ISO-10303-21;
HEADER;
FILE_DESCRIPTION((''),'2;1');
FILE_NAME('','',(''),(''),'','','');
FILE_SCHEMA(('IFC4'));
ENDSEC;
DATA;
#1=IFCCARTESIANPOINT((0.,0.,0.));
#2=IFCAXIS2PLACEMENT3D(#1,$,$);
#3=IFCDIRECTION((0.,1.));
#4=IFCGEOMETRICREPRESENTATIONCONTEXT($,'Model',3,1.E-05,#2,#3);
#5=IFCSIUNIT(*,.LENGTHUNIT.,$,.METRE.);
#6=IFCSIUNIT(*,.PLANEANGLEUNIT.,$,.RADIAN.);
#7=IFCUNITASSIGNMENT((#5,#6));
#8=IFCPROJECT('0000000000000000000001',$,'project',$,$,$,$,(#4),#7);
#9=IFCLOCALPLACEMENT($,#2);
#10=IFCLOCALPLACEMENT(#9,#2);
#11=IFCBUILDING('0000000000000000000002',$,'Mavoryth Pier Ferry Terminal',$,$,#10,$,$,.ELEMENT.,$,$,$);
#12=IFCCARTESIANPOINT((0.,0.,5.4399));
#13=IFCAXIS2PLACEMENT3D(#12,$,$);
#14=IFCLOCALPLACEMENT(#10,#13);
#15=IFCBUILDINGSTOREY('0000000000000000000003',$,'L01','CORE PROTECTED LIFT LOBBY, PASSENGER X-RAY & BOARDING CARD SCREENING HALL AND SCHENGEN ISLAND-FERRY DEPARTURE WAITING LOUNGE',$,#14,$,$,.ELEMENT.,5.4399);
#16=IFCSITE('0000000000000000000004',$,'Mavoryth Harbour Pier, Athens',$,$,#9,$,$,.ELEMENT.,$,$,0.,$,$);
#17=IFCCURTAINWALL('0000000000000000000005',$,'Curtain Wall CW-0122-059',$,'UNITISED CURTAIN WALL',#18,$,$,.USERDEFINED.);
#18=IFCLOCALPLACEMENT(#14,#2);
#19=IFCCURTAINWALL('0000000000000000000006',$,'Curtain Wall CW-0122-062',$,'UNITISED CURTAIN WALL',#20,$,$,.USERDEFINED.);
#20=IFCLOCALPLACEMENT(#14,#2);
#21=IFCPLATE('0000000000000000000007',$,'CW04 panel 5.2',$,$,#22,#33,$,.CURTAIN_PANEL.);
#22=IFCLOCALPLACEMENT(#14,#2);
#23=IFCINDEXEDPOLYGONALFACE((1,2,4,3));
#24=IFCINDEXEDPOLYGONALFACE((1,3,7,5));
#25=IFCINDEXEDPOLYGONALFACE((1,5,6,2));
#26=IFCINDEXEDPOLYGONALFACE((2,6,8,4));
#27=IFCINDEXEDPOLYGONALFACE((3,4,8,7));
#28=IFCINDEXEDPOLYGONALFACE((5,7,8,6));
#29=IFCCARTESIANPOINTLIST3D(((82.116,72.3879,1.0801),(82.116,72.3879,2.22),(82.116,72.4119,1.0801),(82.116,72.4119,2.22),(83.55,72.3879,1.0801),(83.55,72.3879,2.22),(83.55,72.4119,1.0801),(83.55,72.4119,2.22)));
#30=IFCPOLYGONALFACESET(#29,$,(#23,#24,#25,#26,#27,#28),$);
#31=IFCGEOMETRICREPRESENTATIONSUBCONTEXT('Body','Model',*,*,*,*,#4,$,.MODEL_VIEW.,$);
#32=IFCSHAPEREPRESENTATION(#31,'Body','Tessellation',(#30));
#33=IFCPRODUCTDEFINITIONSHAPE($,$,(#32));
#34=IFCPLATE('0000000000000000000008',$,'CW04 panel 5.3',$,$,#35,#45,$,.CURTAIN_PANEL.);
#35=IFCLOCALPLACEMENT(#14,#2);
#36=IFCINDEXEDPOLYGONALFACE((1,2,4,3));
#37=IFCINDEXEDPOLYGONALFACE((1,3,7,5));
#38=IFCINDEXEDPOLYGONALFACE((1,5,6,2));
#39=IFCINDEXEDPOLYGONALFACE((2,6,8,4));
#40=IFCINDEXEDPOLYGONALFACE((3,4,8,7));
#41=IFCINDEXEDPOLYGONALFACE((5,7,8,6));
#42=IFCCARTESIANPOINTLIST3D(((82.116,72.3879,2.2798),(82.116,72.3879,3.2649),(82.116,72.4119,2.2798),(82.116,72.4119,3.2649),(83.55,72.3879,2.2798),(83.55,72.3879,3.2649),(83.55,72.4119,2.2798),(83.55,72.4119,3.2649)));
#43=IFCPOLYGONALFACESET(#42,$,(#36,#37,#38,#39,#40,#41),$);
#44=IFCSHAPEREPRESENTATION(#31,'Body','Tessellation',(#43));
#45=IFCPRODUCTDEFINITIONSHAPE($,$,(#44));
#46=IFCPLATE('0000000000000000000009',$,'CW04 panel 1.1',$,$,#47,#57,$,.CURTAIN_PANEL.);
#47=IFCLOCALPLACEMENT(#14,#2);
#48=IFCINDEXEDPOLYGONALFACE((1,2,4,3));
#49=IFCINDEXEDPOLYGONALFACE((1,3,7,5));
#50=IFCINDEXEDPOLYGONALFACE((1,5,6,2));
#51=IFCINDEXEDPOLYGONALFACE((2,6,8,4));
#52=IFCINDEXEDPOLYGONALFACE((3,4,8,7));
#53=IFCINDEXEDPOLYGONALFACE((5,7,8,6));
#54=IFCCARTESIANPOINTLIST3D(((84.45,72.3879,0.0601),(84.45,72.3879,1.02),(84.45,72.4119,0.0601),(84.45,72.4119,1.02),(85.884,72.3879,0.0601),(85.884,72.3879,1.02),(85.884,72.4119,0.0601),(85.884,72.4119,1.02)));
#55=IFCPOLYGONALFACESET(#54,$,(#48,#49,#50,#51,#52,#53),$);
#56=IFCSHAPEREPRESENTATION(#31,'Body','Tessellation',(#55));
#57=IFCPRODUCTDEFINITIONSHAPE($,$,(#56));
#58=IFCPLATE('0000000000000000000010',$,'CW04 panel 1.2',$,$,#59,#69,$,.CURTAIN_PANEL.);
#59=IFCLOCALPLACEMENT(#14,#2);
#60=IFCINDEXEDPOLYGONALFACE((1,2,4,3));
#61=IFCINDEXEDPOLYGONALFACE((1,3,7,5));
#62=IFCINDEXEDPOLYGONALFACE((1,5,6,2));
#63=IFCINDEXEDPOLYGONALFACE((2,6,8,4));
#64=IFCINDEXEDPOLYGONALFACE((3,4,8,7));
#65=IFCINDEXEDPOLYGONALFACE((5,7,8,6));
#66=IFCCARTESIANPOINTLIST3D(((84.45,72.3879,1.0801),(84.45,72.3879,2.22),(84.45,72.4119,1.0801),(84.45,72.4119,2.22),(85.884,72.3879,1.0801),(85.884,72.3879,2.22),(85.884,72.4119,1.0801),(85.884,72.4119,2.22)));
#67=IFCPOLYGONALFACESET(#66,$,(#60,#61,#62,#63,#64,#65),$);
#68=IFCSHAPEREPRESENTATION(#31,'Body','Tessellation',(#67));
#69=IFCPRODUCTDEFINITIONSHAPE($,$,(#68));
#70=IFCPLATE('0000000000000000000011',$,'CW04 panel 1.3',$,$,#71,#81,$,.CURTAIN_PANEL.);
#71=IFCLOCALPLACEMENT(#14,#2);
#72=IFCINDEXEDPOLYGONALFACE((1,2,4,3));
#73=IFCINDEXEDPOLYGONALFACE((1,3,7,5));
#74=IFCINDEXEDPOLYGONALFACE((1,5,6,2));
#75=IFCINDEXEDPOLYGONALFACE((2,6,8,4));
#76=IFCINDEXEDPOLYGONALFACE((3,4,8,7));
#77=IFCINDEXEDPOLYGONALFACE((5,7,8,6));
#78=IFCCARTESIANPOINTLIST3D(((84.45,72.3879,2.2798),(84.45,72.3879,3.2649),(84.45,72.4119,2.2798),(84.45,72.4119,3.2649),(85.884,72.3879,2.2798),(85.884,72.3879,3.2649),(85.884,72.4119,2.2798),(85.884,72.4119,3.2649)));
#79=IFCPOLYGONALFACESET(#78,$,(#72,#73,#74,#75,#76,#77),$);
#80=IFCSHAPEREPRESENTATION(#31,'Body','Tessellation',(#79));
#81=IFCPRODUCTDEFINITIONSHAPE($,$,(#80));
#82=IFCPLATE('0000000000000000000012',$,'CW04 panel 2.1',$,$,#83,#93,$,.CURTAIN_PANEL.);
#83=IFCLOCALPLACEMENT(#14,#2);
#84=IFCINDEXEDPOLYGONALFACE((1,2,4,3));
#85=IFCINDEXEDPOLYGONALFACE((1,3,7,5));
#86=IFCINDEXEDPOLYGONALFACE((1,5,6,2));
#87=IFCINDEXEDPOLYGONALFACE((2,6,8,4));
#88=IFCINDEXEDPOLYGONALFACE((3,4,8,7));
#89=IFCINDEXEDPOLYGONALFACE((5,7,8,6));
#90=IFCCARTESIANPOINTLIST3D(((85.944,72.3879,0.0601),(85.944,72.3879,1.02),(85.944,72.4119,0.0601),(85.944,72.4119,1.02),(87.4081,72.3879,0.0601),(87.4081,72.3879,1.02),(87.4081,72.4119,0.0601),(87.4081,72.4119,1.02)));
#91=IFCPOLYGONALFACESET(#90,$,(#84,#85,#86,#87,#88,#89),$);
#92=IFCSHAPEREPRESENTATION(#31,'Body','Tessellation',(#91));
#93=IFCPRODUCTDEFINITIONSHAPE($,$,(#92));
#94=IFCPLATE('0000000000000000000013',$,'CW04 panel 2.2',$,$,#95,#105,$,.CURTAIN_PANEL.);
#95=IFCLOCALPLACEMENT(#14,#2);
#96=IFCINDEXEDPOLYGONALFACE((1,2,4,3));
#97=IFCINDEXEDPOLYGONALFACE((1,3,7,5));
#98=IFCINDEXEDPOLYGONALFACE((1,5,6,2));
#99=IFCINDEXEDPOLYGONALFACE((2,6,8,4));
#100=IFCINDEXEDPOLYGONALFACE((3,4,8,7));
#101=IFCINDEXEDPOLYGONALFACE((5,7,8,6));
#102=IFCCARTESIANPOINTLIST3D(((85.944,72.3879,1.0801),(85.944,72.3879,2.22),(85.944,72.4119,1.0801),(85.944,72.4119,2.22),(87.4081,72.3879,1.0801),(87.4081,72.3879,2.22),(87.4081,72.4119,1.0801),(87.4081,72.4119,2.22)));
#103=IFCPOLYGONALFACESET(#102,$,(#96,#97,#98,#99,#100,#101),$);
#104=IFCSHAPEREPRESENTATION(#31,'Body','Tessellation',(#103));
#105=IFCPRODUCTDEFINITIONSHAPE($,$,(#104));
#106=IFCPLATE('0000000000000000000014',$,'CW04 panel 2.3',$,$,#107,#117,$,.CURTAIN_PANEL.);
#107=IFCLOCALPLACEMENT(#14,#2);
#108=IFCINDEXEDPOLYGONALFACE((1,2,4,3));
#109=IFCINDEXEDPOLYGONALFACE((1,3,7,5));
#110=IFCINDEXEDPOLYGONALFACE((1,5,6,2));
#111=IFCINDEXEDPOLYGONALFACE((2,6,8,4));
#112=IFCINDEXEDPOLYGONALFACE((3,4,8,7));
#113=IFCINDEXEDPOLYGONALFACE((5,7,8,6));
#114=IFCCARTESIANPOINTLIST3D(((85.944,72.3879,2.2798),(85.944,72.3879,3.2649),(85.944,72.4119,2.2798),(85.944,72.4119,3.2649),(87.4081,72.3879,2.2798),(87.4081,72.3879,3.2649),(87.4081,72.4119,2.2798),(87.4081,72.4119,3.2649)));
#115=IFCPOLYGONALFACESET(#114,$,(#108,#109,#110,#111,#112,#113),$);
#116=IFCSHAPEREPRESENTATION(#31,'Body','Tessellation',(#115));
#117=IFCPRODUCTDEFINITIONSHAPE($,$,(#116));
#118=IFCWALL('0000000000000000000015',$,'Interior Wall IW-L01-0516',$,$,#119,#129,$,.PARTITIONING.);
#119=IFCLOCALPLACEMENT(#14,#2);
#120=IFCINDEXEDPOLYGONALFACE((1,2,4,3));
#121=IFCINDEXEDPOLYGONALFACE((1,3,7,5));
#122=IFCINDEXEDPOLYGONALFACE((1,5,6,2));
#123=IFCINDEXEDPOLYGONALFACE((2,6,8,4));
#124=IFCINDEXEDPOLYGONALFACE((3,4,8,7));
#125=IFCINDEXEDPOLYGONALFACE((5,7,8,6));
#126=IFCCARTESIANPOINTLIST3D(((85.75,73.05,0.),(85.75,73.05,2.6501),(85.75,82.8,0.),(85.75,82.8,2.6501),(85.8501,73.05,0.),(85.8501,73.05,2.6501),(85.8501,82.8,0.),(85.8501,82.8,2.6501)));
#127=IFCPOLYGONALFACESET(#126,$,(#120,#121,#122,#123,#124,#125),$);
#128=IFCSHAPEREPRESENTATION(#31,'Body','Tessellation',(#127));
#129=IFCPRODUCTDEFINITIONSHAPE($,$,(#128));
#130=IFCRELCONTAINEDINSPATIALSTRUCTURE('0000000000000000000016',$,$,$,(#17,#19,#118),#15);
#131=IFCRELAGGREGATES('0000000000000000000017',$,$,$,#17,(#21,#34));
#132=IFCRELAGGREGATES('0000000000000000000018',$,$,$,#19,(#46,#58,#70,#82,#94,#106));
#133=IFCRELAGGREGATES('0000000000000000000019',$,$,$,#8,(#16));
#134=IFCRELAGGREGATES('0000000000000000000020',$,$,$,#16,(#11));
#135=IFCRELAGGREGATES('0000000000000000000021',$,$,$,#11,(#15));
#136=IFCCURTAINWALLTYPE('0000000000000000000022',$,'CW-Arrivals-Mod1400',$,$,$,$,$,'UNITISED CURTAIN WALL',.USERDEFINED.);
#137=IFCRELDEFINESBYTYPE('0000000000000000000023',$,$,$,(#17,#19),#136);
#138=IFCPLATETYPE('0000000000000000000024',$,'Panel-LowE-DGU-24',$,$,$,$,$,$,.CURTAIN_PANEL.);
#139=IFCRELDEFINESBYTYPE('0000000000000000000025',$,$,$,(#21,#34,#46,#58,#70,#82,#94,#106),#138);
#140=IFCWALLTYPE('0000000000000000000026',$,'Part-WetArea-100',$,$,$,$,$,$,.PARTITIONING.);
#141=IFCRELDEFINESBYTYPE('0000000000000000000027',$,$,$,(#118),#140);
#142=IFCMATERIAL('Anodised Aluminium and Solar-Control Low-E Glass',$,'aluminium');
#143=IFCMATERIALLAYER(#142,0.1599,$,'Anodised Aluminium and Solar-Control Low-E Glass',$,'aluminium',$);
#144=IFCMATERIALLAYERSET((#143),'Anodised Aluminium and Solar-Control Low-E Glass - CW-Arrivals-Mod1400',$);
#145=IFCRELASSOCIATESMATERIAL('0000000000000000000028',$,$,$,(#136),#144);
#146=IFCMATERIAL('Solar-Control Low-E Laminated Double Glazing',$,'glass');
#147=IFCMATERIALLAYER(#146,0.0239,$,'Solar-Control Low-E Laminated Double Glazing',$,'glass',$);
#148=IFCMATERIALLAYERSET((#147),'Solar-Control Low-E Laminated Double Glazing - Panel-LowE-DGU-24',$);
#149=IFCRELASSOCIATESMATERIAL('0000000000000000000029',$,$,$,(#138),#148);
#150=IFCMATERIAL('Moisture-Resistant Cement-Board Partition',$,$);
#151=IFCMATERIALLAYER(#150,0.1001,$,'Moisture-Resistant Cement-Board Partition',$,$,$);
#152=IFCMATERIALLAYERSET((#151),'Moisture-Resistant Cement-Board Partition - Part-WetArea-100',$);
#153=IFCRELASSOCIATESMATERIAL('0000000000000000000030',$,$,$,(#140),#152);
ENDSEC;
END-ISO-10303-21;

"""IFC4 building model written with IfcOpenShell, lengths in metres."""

from ifc_helpers import new_model, si_unit, direction, frame, frame_2d, origin, origin_2d, place, context, subcontext, project, spatial, rectangle, extrude, material, layer, layer_set, type_object, element, aggregate, save


model = new_model("IFC4")

# Units and contexts
model_context = context("Model", 3, precision=1e-05, world=origin(), true_north=direction((0.0, 1.0)))
body_context = subcontext(model_context, "Body", "Model", "MODEL_VIEW")
ifc_project = project(units=[si_unit("LENGTHUNIT", "METRE"), si_unit("PLANEANGLEUNIT", "RADIAN")], contexts=[model_context])

# Site, building, storey
site_placement = place(None, origin())
site = spatial("IfcSite", under=ifc_project, at=site_placement, Name="Mavoryth Harbour Pier, Athens", CompositionType="ELEMENT", RefElevation=0.0)
building_placement = place(site_placement, origin())
building = spatial("IfcBuilding", under=site, at=building_placement, Name="Mavoryth Pier Ferry Terminal", CompositionType="ELEMENT")
storey_placement = place(building_placement, frame((0.0, 0.0, 5.4399)))
storey = spatial("IfcBuildingStorey", under=building, at=storey_placement, Name="L01", Description="CORE PROTECTED LIFT LOBBY, PASSENGER X-RAY & BOARDING CARD SCREENING HALL AND SCHENGEN ISLAND-FERRY DEPARTURE WAITING LOUNGE", CompositionType="ELEMENT", Elevation=5.4399)

# Curtain walls
ifc_material_1 = material(Name="Anodised Aluminium and Solar-Control Low-E Glass", Category="aluminium")
ifc_layer_1 = layer(ifc_material_1, 0.1599, Name="Anodised Aluminium and Solar-Control Low-E Glass", Category="aluminium")
ifc_layer_set_1 = layer_set([ifc_layer_1], Name="Anodised Aluminium and Solar-Control Low-E Glass - CW-Arrivals-Mod1400")
curtain_wall_type = type_object("IfcCurtainWallType", Name="CW-Arrivals-Mod1400", ElementType="UNITISED CURTAIN WALL", PredefinedType="USERDEFINED", material=ifc_layer_set_1)
curtain_wall_1_placement = place(storey_placement, origin())
curtain_wall_1 = element("IfcCurtainWall", 1, at=curtain_wall_1_placement, inside=storey, type_object=curtain_wall_type, Name="Curtain Wall CW-0122-059", ObjectType="UNITISED CURTAIN WALL", PredefinedType="USERDEFINED")
curtain_wall_2_placement = place(storey_placement, origin())
curtain_wall_2 = element("IfcCurtainWall", 2, at=curtain_wall_2_placement, inside=storey, type_object=curtain_wall_type, Name="Curtain Wall CW-0122-062", ObjectType="UNITISED CURTAIN WALL", PredefinedType="USERDEFINED")

# Plates
ifc_material_2 = material(Name="Solar-Control Low-E Laminated Double Glazing", Category="glass")
ifc_layer_2 = layer(ifc_material_2, 0.0239, Name="Solar-Control Low-E Laminated Double Glazing", Category="glass")
ifc_layer_set_2 = layer_set([ifc_layer_2], Name="Solar-Control Low-E Laminated Double Glazing - Panel-LowE-DGU-24")
plate_type = type_object("IfcPlateType", Name="Panel-LowE-DGU-24", PredefinedType="CURTAIN_PANEL", material=ifc_layer_set_2)
plate_1_placement = place(storey_placement, frame((82.833, 72.3999, 1.0801), z_axis=(0.0, 0.0, 1.0), x_axis=(1.0, 0.0, 0.0)))
plate_1 = element("IfcPlate", 3, at=plate_1_placement, type_object=plate_type, Name="CW04 panel 5.2", PredefinedType="CURTAIN_PANEL", context=body_context, shape_type="SweptSolid", body=[
    extrude(rectangle(XDim=1.4341, YDim=0.0239, at=origin_2d()), origin(), (0.0, 0.0, 1.0), 1.1399),
])
plate_2_placement = place(storey_placement, frame((82.833, 72.3999, 2.2798), z_axis=(0.0, 0.0, 1.0), x_axis=(1.0, 0.0, 0.0)))
plate_2 = element("IfcPlate", 4, at=plate_2_placement, type_object=plate_type, Name="CW04 panel 5.3", PredefinedType="CURTAIN_PANEL", context=body_context, shape_type="SweptSolid", body=[
    extrude(rectangle(XDim=1.4341, YDim=0.0239, at=origin_2d()), origin(), (0.0, 0.0, 1.0), 0.9851),
])
aggregate(curtain_wall_1, [plate_1, plate_2])
plate_3_placement = place(storey_placement, frame((85.167, 72.3999, 0.0601), z_axis=(0.0, 0.0, 1.0), x_axis=(1.0, 0.0, 0.0)))
plate_3 = element("IfcPlate", 5, at=plate_3_placement, type_object=plate_type, Name="CW04 panel 1.1", PredefinedType="CURTAIN_PANEL", context=body_context, shape_type="SweptSolid", body=[
    extrude(rectangle(XDim=1.4341, YDim=0.0239, at=origin_2d()), origin(), (0.0, 0.0, 1.0), 0.96),
])
plate_4_placement = place(storey_placement, frame((85.167, 72.3999, 1.0801), z_axis=(0.0, 0.0, 1.0), x_axis=(1.0, 0.0, 0.0)))
plate_4 = element("IfcPlate", 6, at=plate_4_placement, type_object=plate_type, Name="CW04 panel 1.2", PredefinedType="CURTAIN_PANEL", context=body_context, shape_type="SweptSolid", body=[
    extrude(rectangle(XDim=1.4341, YDim=0.0239, at=origin_2d()), origin(), (0.0, 0.0, 1.0), 1.1399),
])
plate_5_placement = place(storey_placement, frame((85.167, 72.3999, 2.2798), z_axis=(0.0, 0.0, 1.0), x_axis=(1.0, 0.0, 0.0)))
plate_5 = element("IfcPlate", 7, at=plate_5_placement, type_object=plate_type, Name="CW04 panel 1.3", PredefinedType="CURTAIN_PANEL", context=body_context, shape_type="SweptSolid", body=[
    extrude(rectangle(XDim=1.4341, YDim=0.0239, at=origin_2d()), origin(), (0.0, 0.0, 1.0), 0.9851),
])
plate_6_placement = place(storey_placement, frame((86.676, 72.3999, 0.0601), z_axis=(0.0, 0.0, 1.0), x_axis=(1.0, 0.0, 0.0)))
plate_6 = element("IfcPlate", 8, at=plate_6_placement, type_object=plate_type, Name="CW04 panel 2.1", PredefinedType="CURTAIN_PANEL", context=body_context, shape_type="SweptSolid", body=[
    extrude(rectangle(XDim=1.4641, YDim=0.0239, at=origin_2d()), origin(), (0.0, 0.0, 1.0), 0.96),
])
plate_7_placement = place(storey_placement, frame((86.676, 72.3999, 1.0801), z_axis=(0.0, 0.0, 1.0), x_axis=(1.0, 0.0, 0.0)))
plate_7 = element("IfcPlate", 9, at=plate_7_placement, type_object=plate_type, Name="CW04 panel 2.2", PredefinedType="CURTAIN_PANEL", context=body_context, shape_type="SweptSolid", body=[
    extrude(rectangle(XDim=1.4641, YDim=0.0239, at=origin_2d()), origin(), (0.0, 0.0, 1.0), 1.1399),
])
plate_8_placement = place(storey_placement, frame((86.676, 72.3999, 2.2798), z_axis=(0.0, 0.0, 1.0), x_axis=(1.0, 0.0, 0.0)))
plate_8 = element("IfcPlate", 10, at=plate_8_placement, type_object=plate_type, Name="CW04 panel 2.3", PredefinedType="CURTAIN_PANEL", context=body_context, shape_type="SweptSolid", body=[
    extrude(rectangle(XDim=1.4641, YDim=0.0239, at=origin_2d()), origin(), (0.0, 0.0, 1.0), 0.9851),
])
aggregate(curtain_wall_2, [plate_3, plate_4, plate_5, plate_6, plate_7, plate_8])

# Wall
ifc_material_3 = material(Name="Moisture-Resistant Cement-Board Partition")
ifc_layer_3 = layer(ifc_material_3, 0.1001, Name="Moisture-Resistant Cement-Board Partition")
ifc_layer_set_3 = layer_set([ifc_layer_3], Name="Moisture-Resistant Cement-Board Partition - Part-WetArea-100")
wall_type = type_object("IfcWallType", Name="Part-WetArea-100", PredefinedType="PARTITIONING", material=ifc_layer_set_3)
wall_placement = place(storey_placement, frame((85.8, 73.05, 0.0), z_axis=(0.0, 0.0, 1.0), x_axis=(0.0, 1.0, 0.0)))
element("IfcWall", 11, at=wall_placement, inside=storey, type_object=wall_type, Name="Interior Wall IW-L01-0516", PredefinedType="PARTITIONING", context=body_context, shape_type="SweptSolid", body=[
    extrude(rectangle(XDim=9.75, YDim=0.1001, at=frame_2d((4.875, 0.0))), origin(), (0.0, 0.0, 1.0), 2.6501),
])

save(model, "model.ifc")
